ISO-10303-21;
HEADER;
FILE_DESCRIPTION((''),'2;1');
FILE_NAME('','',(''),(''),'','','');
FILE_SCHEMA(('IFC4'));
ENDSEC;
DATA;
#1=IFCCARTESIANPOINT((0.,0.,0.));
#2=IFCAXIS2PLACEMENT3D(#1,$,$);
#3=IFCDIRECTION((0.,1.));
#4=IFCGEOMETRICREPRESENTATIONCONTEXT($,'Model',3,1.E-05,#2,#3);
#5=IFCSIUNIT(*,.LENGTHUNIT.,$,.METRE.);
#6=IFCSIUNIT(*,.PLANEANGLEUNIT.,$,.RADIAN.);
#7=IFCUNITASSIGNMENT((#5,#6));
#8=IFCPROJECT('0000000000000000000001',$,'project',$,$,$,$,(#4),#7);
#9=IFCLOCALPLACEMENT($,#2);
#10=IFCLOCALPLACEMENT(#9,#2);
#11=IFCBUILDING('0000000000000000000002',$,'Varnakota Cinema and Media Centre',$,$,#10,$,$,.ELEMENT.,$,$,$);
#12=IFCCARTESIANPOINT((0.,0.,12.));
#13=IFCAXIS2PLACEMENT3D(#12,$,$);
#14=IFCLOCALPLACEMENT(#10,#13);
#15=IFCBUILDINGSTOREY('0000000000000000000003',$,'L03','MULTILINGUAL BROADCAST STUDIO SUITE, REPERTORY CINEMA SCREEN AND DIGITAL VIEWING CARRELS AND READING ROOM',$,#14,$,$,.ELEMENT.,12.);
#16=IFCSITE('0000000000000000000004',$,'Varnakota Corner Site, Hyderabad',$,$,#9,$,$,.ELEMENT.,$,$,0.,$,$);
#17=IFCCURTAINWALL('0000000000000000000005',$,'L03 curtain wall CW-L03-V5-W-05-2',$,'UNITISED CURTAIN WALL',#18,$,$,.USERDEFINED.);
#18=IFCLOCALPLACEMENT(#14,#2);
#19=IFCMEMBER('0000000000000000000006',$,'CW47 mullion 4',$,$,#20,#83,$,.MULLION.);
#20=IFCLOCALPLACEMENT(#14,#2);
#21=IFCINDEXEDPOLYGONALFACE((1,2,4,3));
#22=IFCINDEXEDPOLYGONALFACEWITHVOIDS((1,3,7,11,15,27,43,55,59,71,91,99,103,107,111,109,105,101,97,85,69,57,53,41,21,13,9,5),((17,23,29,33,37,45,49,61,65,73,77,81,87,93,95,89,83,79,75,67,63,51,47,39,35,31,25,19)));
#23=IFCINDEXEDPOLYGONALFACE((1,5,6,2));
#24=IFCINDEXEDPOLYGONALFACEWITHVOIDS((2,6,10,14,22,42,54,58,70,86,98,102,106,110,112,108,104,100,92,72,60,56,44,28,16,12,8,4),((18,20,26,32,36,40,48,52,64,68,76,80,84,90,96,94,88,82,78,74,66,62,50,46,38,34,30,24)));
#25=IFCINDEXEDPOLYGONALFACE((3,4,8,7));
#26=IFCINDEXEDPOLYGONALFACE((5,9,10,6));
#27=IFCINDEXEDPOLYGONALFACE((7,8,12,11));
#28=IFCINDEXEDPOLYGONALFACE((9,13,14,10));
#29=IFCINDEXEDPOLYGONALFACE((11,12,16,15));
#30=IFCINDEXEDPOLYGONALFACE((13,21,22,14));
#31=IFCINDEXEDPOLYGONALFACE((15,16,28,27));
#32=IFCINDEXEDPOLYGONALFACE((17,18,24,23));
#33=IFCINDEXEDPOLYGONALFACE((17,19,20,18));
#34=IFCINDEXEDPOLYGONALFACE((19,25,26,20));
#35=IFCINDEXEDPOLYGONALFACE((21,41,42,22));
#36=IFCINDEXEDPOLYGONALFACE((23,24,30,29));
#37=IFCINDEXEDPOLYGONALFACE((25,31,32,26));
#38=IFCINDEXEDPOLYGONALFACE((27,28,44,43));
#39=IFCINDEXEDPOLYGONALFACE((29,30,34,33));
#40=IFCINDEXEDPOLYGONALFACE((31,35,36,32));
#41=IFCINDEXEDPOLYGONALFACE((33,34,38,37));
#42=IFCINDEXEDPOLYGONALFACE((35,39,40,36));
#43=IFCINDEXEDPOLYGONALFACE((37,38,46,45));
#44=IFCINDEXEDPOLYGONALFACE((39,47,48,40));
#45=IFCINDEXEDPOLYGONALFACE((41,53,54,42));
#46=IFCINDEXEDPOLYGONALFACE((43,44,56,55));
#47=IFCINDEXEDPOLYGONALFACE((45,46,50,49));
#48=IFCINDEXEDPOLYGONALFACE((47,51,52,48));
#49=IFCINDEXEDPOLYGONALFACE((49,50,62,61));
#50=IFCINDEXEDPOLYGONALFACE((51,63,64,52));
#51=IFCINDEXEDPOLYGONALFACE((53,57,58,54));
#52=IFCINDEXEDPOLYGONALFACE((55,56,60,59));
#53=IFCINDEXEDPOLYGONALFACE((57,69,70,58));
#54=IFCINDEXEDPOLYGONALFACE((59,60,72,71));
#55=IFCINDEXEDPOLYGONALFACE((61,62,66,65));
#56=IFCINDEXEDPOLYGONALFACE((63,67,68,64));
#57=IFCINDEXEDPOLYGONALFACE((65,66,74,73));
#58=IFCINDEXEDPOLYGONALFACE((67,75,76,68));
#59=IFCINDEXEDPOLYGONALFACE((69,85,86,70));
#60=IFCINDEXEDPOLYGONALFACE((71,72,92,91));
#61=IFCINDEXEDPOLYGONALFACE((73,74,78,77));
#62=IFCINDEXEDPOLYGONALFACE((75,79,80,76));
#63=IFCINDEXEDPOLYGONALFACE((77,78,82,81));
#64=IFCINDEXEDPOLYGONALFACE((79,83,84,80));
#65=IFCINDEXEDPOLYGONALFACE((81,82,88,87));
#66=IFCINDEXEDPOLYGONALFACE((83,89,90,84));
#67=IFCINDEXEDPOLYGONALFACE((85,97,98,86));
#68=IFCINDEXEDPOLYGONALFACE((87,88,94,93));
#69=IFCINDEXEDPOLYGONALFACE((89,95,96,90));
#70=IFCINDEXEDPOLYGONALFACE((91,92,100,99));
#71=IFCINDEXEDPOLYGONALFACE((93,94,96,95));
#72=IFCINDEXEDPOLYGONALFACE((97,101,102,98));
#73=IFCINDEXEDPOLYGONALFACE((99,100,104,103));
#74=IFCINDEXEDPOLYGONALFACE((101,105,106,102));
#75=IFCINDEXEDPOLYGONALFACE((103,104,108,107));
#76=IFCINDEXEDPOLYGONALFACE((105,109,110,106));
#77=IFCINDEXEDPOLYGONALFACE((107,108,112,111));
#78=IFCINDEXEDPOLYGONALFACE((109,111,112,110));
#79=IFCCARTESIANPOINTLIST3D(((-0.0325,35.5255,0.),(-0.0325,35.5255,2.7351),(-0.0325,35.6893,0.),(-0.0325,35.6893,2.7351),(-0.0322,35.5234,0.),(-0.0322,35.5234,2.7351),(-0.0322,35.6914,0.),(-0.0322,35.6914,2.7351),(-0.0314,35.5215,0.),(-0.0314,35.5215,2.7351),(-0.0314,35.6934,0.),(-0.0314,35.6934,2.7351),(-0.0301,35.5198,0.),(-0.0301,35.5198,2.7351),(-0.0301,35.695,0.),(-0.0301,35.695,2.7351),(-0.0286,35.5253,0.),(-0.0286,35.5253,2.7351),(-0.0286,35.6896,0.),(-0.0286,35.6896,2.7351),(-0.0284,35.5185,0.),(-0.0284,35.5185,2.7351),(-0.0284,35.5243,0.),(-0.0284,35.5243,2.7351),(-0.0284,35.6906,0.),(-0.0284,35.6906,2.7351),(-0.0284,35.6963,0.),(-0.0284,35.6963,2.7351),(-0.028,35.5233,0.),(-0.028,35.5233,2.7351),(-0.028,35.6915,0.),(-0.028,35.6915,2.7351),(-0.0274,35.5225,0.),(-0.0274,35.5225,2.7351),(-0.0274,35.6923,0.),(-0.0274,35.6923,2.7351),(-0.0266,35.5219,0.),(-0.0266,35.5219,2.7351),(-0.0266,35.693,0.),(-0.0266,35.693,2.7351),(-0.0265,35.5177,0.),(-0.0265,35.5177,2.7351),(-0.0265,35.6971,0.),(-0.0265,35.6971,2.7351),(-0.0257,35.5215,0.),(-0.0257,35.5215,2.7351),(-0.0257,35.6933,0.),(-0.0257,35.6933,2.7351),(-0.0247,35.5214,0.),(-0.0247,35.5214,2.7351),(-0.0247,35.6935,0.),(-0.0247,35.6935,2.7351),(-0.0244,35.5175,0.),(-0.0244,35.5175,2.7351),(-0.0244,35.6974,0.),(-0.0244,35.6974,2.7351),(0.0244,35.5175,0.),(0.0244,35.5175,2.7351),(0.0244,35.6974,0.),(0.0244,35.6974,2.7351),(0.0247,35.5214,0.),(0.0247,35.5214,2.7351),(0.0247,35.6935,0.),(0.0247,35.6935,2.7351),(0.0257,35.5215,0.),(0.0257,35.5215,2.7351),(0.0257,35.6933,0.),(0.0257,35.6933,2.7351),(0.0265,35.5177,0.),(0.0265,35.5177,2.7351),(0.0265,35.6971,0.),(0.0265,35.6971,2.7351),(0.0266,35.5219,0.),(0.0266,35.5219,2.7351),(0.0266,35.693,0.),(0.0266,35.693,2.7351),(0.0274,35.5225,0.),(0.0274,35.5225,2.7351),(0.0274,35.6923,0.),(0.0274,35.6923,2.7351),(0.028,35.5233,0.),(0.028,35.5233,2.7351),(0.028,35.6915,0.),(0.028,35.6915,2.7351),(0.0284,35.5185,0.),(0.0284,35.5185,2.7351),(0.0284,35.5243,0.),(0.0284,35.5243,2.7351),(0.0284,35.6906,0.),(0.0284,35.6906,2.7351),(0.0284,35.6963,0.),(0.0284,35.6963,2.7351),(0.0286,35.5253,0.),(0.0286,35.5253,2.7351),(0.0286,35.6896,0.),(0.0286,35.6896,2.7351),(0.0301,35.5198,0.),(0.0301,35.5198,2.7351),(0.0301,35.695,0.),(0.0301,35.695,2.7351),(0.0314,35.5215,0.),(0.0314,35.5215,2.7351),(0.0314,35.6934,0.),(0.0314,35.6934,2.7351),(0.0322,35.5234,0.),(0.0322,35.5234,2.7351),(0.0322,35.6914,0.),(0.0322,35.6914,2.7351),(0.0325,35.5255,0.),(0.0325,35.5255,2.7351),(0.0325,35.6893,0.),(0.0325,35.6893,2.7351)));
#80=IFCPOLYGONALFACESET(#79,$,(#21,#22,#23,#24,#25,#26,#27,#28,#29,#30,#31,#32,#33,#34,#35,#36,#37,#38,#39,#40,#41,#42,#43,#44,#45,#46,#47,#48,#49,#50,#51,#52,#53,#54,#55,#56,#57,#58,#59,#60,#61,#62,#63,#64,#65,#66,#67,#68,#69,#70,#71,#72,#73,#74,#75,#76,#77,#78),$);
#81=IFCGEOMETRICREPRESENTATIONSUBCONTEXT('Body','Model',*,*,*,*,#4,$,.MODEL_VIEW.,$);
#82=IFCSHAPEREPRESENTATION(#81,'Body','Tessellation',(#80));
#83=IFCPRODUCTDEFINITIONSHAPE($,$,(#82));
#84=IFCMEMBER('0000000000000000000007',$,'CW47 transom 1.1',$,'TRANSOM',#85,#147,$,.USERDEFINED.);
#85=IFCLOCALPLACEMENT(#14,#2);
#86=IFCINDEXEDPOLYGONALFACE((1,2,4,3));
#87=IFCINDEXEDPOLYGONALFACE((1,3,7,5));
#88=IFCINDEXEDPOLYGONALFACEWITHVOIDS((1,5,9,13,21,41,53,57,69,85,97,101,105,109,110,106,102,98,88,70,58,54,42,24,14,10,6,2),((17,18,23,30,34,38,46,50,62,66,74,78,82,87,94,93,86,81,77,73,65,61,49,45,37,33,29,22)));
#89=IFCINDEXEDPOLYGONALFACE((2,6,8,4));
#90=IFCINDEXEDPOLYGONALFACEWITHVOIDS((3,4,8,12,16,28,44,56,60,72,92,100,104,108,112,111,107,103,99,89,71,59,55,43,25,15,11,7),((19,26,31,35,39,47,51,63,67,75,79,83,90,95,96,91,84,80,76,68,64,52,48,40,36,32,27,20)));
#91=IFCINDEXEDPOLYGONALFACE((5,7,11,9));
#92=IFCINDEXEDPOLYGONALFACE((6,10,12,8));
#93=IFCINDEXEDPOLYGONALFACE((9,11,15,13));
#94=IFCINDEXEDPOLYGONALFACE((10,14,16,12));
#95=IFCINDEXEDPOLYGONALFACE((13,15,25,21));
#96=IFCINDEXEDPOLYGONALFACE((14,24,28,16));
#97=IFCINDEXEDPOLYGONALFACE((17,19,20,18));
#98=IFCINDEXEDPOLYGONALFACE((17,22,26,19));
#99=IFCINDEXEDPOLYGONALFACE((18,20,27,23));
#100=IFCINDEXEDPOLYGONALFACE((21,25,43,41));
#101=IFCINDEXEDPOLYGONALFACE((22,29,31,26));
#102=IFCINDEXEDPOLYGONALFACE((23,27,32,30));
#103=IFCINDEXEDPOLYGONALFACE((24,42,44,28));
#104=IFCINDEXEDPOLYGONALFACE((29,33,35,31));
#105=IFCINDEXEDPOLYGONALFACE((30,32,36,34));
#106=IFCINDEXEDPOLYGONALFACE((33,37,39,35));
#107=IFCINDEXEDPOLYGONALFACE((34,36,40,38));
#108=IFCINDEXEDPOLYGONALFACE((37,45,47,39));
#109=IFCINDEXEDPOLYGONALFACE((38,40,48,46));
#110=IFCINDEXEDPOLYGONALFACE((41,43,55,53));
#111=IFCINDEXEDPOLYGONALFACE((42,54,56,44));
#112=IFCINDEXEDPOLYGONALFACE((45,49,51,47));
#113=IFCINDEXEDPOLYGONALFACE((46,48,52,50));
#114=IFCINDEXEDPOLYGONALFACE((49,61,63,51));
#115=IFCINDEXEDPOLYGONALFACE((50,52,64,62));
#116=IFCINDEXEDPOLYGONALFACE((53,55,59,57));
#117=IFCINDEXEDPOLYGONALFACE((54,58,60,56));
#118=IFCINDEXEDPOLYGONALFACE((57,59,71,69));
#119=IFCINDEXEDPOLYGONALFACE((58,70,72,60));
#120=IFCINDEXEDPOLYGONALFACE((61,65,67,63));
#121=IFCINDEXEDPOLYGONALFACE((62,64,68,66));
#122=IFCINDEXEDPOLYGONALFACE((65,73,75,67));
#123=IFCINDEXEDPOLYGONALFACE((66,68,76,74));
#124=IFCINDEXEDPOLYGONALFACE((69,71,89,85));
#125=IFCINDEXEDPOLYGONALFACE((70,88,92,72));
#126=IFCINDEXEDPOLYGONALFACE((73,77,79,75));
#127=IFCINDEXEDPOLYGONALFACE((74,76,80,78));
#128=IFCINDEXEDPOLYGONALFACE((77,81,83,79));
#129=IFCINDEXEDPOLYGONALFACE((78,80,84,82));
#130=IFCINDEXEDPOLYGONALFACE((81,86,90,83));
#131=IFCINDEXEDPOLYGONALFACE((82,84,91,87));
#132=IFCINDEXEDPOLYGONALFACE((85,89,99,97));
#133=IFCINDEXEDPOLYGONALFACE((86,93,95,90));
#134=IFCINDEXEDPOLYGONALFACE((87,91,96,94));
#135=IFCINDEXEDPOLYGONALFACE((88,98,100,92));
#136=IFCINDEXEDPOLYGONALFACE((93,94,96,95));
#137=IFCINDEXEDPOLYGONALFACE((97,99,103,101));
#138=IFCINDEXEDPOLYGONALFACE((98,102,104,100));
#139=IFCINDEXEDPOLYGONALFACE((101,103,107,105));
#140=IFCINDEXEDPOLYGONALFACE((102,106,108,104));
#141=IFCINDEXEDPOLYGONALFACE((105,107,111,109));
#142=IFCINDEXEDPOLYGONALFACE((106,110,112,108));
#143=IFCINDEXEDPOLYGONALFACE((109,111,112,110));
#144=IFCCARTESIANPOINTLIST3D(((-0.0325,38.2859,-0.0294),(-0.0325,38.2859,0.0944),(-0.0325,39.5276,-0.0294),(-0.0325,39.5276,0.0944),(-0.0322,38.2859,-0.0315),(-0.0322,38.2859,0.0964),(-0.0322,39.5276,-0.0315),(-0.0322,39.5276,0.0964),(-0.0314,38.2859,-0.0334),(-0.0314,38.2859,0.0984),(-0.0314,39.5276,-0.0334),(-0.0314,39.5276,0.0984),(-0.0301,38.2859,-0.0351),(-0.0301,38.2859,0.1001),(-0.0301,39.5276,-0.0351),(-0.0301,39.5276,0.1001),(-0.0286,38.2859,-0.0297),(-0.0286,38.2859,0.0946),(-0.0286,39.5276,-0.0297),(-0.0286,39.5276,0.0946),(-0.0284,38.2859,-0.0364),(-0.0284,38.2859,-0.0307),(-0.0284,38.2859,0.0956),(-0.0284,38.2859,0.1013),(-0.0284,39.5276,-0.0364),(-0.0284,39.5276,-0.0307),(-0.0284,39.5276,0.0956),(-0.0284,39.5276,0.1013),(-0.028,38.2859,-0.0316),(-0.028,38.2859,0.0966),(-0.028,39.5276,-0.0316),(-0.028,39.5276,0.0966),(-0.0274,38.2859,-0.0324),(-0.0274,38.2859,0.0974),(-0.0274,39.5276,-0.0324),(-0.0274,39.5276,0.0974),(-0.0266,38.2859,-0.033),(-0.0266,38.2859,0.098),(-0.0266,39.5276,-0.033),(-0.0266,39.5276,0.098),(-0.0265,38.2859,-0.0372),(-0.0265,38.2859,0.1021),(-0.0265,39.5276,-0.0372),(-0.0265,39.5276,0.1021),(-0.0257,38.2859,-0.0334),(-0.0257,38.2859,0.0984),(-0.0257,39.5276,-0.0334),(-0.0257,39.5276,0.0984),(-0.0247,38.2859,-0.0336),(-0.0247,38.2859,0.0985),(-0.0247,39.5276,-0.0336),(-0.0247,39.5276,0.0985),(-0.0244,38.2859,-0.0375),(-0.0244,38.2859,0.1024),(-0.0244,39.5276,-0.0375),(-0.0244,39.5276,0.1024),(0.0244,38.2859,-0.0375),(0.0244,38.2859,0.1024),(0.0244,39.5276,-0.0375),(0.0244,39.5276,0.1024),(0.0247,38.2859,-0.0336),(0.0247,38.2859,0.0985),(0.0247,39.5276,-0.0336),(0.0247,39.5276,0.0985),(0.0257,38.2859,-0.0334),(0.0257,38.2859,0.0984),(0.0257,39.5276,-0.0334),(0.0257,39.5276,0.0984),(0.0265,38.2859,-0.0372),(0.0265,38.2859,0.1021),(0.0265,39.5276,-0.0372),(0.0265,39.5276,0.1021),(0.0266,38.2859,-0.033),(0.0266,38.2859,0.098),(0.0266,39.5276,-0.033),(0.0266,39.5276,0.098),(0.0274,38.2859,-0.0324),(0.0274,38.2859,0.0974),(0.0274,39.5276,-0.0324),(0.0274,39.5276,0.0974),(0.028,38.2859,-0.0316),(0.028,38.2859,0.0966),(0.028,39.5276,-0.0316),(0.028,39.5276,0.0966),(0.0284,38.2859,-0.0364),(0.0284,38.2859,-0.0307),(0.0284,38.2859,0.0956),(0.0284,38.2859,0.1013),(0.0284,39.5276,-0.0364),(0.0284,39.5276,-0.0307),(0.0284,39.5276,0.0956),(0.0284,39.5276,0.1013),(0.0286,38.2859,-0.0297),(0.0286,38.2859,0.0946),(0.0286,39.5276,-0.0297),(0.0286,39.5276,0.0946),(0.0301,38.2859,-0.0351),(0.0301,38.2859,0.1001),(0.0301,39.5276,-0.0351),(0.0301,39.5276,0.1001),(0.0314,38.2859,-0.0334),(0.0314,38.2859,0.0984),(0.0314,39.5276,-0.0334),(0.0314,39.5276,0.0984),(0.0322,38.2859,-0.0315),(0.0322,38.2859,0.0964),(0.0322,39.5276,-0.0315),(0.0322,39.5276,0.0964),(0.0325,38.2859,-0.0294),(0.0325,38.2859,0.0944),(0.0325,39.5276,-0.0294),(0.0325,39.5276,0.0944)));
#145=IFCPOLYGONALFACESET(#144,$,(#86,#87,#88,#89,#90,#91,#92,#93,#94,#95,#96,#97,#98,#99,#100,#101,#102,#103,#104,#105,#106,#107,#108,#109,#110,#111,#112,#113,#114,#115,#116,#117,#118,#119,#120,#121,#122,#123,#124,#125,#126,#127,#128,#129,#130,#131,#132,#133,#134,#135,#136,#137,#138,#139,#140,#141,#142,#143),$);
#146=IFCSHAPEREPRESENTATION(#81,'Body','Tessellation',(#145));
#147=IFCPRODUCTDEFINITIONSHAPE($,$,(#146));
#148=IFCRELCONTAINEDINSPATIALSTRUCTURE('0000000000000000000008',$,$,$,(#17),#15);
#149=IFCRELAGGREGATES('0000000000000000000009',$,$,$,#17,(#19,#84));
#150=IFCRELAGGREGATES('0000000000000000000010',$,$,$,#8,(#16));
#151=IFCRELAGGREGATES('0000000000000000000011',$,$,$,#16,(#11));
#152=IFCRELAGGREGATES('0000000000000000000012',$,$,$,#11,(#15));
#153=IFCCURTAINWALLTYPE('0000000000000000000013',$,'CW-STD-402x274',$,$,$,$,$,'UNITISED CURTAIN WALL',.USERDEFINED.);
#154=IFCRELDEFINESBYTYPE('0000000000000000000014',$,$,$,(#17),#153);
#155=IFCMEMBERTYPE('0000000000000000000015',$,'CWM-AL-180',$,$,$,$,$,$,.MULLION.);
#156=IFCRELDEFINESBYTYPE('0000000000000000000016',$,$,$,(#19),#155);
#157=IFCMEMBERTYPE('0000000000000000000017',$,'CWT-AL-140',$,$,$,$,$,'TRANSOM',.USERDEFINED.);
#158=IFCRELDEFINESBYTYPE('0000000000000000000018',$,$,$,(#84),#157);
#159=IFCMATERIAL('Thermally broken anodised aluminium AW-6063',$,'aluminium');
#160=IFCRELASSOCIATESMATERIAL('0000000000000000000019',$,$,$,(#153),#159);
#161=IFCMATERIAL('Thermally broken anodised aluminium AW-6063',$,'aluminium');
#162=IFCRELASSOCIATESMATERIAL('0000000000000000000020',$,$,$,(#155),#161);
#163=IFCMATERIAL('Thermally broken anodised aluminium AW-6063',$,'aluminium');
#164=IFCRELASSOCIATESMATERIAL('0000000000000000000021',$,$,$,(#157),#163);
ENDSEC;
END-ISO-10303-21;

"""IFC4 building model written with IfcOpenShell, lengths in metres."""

from ifc_helpers import new_model, si_unit, direction, frame, origin, origin_2d, place, context, subcontext, project, spatial, hollow_rectangle, extrude, material, material_profile, profile_set, type_object, element, aggregate, save


model = new_model("IFC4")

# Units and contexts
model_context = context("Model", 3, precision=1e-05, world=origin(), true_north=direction((0.0, 1.0)))
body_context = subcontext(model_context, "Body", "Model", "MODEL_VIEW")
ifc_project = project(units=[si_unit("LENGTHUNIT", "METRE"), si_unit("PLANEANGLEUNIT", "RADIAN")], contexts=[model_context])

# Site, building, storey
site_placement = place(None, origin())
site = spatial("IfcSite", under=ifc_project, at=site_placement, Name="Varnakota Corner Site, Hyderabad", CompositionType="ELEMENT", RefElevation=0.0)
building_placement = place(site_placement, origin())
building = spatial("IfcBuilding", under=site, at=building_placement, Name="Varnakota Cinema and Media Centre", CompositionType="ELEMENT")
storey_placement = place(building_placement, frame((0.0, 0.0, 12.0)))
storey = spatial("IfcBuildingStorey", under=building, at=storey_placement, Name="L03", Description="MULTILINGUAL BROADCAST STUDIO SUITE, REPERTORY CINEMA SCREEN AND DIGITAL VIEWING CARRELS AND READING ROOM", CompositionType="ELEMENT", Elevation=12.0)

# Curtain wall, members
ifc_material_1 = material(Name="Thermally broken anodised aluminium AW-6063", Category="aluminium")
curtain_wall_type = type_object("IfcCurtainWallType", Name="CW-STD-402x274", ElementType="UNITISED CURTAIN WALL", PredefinedType="USERDEFINED", material=ifc_material_1)
curtain_wall_placement = place(storey_placement, origin())
curtain_wall = element("IfcCurtainWall", 1, at=curtain_wall_placement, inside=storey, type_object=curtain_wall_type, Name="L03 curtain wall CW-L03-V5-W-05-2", ObjectType="UNITISED CURTAIN WALL", PredefinedType="USERDEFINED")
ifc_material_2 = material(Name="Thermally broken anodised aluminium AW-6063", Category="aluminium")
ifc_material_profile_1 = material_profile(ifc_material_2, hollow_rectangle(XDim=0.0649, YDim=0.1799, WallThickness=0.0039, InnerFilletRadius=0.0039, OuterFilletRadius=0.0081, at=origin_2d()), Name="AL-MULLION 180x65x4")
ifc_profile_set_1 = profile_set([ifc_material_profile_1], Name="Thermally broken anodised aluminium AW-6063")
member_type_1 = type_object("IfcMemberType", Name="CWM-AL-180", PredefinedType="MULLION", material=ifc_profile_set_1)
member_1_placement = place(storey_placement, frame((0.0, 35.6074, 0.0), z_axis=(0.0, 0.0, 1.0), x_axis=(1.0, 0.0, 0.0)))
member_1 = element("IfcMember", 2, at=member_1_placement, type_object=member_type_1, Name="CW47 mullion 4", PredefinedType="MULLION", context=body_context, shape_type="SweptSolid", body=[
    extrude(hollow_rectangle(XDim=0.0649, YDim=0.1799, WallThickness=0.0039, InnerFilletRadius=0.0039, OuterFilletRadius=0.0081, at=origin_2d()), origin(), (0.0, 0.0, 1.0), 2.7351),
])
ifc_material_3 = material(Name="Thermally broken anodised aluminium AW-6063", Category="aluminium")
ifc_material_profile_2 = material_profile(ifc_material_3, hollow_rectangle(XDim=0.0649, YDim=0.1399, WallThickness=0.0039, InnerFilletRadius=0.0039, OuterFilletRadius=0.0081, at=origin_2d()), Name="AL-TRANSOM 140x65x4")
ifc_profile_set_2 = profile_set([ifc_material_profile_2], Name="Thermally broken anodised aluminium AW-6063")
member_type_2 = type_object("IfcMemberType", Name="CWT-AL-140", ElementType="TRANSOM", PredefinedType="USERDEFINED", material=ifc_profile_set_2)
member_2_placement = place(storey_placement, frame((0.0, 39.5276, 0.0325), z_axis=(0.0, -1.0, 0.0), x_axis=(1.0, 0.0, 0.0)))
member_2 = element("IfcMember", 3, at=member_2_placement, type_object=member_type_2, Name="CW47 transom 1.1", ObjectType="TRANSOM", PredefinedType="USERDEFINED", context=body_context, shape_type="SweptSolid", body=[
    extrude(hollow_rectangle(XDim=0.0649, YDim=0.1399, WallThickness=0.0039, InnerFilletRadius=0.0039, OuterFilletRadius=0.0081, at=origin_2d()), origin(), (0.0, 0.0, 1.0), 1.2417),
])
aggregate(curtain_wall, [member_1, member_2])

save(model, "model.ifc")
